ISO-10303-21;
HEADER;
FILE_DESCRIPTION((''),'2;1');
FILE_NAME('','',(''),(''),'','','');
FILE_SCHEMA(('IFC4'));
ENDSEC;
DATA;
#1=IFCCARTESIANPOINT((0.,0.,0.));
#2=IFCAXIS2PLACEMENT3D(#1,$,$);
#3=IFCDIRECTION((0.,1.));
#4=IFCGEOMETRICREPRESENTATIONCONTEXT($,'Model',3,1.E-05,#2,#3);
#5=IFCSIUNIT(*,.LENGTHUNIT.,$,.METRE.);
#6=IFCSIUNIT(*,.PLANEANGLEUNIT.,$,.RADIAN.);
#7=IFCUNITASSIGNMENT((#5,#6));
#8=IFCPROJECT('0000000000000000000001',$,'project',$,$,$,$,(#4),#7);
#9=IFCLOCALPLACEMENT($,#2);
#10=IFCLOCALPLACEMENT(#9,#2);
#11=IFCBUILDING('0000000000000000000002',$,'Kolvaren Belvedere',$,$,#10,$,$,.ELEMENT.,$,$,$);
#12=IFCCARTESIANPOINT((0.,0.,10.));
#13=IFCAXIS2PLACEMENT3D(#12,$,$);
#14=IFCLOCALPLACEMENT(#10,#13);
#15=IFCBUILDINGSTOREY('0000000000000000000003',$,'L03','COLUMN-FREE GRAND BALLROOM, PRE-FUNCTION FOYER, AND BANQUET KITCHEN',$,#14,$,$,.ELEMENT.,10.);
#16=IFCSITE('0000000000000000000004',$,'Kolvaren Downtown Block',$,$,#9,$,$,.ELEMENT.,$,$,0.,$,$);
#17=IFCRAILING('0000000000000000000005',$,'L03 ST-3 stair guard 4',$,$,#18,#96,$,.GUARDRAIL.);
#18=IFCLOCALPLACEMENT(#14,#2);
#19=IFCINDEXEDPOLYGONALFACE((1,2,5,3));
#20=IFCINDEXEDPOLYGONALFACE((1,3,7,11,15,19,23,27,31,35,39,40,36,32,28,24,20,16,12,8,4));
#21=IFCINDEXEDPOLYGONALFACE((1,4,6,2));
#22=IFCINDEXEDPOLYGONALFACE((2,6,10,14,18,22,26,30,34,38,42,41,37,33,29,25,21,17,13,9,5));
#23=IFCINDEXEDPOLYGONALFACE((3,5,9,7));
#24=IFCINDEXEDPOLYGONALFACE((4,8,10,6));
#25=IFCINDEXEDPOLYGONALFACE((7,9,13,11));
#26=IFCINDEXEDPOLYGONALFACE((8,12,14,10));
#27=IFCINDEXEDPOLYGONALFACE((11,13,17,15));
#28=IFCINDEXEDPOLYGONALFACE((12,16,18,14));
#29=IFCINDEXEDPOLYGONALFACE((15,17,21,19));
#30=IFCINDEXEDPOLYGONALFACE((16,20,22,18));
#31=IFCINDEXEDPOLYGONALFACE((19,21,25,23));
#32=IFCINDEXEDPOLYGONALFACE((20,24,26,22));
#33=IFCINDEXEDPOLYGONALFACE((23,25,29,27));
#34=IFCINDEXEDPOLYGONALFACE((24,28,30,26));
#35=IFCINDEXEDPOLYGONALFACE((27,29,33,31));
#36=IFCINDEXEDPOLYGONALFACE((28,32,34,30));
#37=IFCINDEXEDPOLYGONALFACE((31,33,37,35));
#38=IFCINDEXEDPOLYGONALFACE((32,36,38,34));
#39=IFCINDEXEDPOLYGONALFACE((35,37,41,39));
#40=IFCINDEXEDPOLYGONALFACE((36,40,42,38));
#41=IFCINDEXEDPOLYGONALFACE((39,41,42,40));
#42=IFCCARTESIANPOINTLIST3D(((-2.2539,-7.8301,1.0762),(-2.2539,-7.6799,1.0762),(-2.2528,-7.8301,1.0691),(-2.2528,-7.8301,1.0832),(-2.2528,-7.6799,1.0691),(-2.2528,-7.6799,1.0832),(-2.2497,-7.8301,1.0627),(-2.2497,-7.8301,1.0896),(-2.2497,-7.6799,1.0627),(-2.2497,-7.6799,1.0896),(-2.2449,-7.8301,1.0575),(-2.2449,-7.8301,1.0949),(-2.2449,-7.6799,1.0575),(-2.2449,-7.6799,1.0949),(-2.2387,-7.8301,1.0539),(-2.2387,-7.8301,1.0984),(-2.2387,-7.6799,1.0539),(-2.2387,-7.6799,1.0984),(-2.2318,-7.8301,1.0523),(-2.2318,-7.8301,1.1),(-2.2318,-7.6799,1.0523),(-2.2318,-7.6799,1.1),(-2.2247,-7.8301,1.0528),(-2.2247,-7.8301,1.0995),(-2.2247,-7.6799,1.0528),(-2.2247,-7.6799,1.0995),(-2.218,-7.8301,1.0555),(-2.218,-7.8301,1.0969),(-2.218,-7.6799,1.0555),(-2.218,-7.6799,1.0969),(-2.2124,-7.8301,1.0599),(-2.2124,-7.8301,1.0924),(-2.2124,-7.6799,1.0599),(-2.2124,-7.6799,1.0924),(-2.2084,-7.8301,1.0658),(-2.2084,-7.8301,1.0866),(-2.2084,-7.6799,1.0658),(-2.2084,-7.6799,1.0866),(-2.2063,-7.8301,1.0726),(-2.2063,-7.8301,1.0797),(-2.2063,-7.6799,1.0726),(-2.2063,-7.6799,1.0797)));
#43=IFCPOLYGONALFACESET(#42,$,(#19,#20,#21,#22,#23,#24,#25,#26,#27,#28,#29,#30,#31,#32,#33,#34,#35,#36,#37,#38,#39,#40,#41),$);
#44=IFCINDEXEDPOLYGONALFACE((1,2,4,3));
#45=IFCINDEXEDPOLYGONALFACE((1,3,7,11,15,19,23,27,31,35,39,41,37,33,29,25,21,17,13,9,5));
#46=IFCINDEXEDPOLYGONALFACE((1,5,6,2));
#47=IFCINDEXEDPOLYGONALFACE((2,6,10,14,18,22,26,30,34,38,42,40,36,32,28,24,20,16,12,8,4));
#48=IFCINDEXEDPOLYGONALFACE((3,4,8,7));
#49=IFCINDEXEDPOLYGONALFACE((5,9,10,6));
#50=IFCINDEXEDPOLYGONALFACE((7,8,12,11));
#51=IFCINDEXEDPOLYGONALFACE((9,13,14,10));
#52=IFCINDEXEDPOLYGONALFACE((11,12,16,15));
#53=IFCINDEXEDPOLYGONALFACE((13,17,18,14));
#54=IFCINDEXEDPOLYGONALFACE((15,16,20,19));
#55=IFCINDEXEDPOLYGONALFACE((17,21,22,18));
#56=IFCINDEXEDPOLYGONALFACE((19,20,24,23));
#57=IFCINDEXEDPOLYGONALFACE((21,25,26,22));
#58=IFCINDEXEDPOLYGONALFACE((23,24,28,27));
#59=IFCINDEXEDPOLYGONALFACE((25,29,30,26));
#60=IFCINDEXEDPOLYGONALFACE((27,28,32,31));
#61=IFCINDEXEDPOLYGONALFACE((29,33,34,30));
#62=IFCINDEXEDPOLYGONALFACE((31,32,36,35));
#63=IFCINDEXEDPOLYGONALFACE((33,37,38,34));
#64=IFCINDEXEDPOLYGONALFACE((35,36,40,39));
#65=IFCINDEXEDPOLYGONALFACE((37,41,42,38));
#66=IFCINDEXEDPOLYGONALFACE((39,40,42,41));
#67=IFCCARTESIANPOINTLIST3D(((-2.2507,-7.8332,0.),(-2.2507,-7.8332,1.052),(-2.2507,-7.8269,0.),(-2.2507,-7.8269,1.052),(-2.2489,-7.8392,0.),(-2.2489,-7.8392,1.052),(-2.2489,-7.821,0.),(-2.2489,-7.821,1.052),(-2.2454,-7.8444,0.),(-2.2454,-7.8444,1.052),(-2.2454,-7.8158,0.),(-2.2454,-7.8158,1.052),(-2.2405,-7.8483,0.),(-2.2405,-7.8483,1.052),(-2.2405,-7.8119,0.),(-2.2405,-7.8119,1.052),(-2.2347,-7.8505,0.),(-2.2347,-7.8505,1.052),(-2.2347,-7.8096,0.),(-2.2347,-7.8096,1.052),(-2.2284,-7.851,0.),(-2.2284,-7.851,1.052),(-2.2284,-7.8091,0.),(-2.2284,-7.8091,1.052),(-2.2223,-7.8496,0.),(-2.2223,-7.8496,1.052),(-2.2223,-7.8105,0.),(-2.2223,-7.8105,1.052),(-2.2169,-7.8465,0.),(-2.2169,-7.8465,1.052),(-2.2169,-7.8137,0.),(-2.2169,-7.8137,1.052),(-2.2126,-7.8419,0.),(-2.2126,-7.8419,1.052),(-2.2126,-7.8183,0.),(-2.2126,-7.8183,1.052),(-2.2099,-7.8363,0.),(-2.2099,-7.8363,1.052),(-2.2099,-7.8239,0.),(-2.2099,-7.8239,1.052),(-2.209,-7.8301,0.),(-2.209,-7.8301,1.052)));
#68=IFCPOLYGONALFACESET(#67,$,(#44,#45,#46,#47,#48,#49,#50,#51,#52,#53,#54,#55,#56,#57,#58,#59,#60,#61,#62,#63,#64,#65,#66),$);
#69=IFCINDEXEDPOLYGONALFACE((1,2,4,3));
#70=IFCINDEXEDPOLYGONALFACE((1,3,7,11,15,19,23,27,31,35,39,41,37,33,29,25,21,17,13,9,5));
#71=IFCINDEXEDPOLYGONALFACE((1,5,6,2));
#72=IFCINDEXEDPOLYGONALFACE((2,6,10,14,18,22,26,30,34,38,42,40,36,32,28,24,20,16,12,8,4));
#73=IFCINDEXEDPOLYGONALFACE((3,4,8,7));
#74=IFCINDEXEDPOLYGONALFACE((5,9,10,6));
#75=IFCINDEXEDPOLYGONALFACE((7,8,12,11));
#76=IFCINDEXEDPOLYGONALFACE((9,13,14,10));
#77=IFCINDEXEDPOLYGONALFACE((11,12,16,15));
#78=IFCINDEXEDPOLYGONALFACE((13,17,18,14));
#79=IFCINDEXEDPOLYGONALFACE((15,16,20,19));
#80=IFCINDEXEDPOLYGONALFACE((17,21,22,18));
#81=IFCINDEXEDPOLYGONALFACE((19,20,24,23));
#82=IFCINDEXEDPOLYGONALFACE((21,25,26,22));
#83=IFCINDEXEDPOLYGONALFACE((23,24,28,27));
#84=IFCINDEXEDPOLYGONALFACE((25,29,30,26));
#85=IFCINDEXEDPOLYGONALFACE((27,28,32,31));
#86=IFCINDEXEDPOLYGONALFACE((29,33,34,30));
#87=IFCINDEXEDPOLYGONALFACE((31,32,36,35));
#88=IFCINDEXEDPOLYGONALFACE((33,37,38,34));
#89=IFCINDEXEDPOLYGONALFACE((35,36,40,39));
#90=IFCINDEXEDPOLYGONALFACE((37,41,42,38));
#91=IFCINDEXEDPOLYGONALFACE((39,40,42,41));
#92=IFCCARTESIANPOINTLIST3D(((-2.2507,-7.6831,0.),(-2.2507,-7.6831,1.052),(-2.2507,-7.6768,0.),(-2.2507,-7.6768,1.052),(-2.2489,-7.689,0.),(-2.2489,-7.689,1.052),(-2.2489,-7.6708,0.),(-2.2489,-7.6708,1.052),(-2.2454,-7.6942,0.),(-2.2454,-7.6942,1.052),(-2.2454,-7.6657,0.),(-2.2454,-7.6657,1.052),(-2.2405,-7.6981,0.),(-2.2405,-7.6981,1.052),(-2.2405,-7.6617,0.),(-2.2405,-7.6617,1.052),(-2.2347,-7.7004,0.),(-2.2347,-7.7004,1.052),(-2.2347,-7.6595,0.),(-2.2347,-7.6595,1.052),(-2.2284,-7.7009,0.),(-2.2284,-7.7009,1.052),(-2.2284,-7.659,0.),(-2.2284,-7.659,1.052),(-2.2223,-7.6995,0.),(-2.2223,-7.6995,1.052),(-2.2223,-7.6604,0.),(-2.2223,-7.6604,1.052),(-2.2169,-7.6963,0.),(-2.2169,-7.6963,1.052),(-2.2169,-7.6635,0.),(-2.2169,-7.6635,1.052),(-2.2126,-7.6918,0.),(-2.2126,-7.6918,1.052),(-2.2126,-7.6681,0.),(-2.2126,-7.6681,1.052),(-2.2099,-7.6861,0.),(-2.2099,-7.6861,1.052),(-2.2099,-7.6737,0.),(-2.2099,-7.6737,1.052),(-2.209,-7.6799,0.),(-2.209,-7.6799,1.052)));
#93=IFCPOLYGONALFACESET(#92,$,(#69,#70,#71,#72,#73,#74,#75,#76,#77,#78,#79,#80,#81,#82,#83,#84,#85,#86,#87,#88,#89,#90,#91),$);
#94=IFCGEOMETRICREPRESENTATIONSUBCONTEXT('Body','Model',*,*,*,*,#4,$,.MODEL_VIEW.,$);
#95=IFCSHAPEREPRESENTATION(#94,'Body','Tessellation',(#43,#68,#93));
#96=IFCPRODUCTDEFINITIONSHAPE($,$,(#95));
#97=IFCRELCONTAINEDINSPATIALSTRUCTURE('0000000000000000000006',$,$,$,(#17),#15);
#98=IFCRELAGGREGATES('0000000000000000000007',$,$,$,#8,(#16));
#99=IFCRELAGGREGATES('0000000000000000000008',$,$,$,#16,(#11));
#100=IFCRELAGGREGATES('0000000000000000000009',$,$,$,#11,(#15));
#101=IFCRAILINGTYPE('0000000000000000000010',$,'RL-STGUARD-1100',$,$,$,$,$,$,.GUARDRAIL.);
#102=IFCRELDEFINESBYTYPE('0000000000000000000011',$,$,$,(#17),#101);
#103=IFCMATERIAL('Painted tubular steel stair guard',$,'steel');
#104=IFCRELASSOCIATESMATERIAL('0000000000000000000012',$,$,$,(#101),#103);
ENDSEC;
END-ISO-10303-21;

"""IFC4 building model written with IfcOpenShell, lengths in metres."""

from ifc_helpers import new_model, si_unit, direction, frame, origin, origin_2d, place, context, subcontext, project, spatial, circle, extrude, material, type_object, element, save


model = new_model("IFC4")

# Units and contexts
model_context = context("Model", 3, precision=1e-05, world=origin(), true_north=direction((0.0, 1.0)))
body_context = subcontext(model_context, "Body", "Model", "MODEL_VIEW")
ifc_project = project(units=[si_unit("LENGTHUNIT", "METRE"), si_unit("PLANEANGLEUNIT", "RADIAN")], contexts=[model_context])

# Site, building, storey
site_placement = place(None, origin())
site = spatial("IfcSite", under=ifc_project, at=site_placement, Name="Kolvaren Downtown Block", CompositionType="ELEMENT", RefElevation=0.0)
building_placement = place(site_placement, origin())
building = spatial("IfcBuilding", under=site, at=building_placement, Name="Kolvaren Belvedere", CompositionType="ELEMENT")
storey_placement = place(building_placement, frame((0.0, 0.0, 10.0)))
storey = spatial("IfcBuildingStorey", under=building, at=storey_placement, Name="L03", Description="COLUMN-FREE GRAND BALLROOM, PRE-FUNCTION FOYER, AND BANQUET KITCHEN", CompositionType="ELEMENT", Elevation=10.0)

# Railing
ifc_material_1 = material(Name="Painted tubular steel stair guard", Category="steel")
railing_type_1 = type_object("IfcRailingType", Name="RL-STGUARD-1100", PredefinedType="GUARDRAIL", material=ifc_material_1)
railing_1_placement = place(storey_placement, frame((-2.23, -7.8301, 0.0)))
element("IfcRailing", 1, at=railing_1_placement, inside=storey, type_object=railing_type_1, Name="L03 ST-3 stair guard 4", PredefinedType="GUARDRAIL", context=body_context, shape_type="SweptSolid", body=[
    extrude(circle(Radius=0.0239, at=origin_2d()), frame((0.0, 0.0, 1.0762), z_axis=(0.0, 1.0, 0.0), x_axis=(-1.0, 0.0, 0.0)), (0.0, 0.0, 1.0), 0.1501),
    extrude(circle(Radius=0.021, at=origin_2d()), origin(), (0.0, 0.0, 1.0), 1.052),
    extrude(circle(Radius=0.021, at=origin_2d()), frame((0.0, 0.1501, 0.0)), (0.0, 0.0, 1.0), 1.052),
])

save(model, "model.ifc")
